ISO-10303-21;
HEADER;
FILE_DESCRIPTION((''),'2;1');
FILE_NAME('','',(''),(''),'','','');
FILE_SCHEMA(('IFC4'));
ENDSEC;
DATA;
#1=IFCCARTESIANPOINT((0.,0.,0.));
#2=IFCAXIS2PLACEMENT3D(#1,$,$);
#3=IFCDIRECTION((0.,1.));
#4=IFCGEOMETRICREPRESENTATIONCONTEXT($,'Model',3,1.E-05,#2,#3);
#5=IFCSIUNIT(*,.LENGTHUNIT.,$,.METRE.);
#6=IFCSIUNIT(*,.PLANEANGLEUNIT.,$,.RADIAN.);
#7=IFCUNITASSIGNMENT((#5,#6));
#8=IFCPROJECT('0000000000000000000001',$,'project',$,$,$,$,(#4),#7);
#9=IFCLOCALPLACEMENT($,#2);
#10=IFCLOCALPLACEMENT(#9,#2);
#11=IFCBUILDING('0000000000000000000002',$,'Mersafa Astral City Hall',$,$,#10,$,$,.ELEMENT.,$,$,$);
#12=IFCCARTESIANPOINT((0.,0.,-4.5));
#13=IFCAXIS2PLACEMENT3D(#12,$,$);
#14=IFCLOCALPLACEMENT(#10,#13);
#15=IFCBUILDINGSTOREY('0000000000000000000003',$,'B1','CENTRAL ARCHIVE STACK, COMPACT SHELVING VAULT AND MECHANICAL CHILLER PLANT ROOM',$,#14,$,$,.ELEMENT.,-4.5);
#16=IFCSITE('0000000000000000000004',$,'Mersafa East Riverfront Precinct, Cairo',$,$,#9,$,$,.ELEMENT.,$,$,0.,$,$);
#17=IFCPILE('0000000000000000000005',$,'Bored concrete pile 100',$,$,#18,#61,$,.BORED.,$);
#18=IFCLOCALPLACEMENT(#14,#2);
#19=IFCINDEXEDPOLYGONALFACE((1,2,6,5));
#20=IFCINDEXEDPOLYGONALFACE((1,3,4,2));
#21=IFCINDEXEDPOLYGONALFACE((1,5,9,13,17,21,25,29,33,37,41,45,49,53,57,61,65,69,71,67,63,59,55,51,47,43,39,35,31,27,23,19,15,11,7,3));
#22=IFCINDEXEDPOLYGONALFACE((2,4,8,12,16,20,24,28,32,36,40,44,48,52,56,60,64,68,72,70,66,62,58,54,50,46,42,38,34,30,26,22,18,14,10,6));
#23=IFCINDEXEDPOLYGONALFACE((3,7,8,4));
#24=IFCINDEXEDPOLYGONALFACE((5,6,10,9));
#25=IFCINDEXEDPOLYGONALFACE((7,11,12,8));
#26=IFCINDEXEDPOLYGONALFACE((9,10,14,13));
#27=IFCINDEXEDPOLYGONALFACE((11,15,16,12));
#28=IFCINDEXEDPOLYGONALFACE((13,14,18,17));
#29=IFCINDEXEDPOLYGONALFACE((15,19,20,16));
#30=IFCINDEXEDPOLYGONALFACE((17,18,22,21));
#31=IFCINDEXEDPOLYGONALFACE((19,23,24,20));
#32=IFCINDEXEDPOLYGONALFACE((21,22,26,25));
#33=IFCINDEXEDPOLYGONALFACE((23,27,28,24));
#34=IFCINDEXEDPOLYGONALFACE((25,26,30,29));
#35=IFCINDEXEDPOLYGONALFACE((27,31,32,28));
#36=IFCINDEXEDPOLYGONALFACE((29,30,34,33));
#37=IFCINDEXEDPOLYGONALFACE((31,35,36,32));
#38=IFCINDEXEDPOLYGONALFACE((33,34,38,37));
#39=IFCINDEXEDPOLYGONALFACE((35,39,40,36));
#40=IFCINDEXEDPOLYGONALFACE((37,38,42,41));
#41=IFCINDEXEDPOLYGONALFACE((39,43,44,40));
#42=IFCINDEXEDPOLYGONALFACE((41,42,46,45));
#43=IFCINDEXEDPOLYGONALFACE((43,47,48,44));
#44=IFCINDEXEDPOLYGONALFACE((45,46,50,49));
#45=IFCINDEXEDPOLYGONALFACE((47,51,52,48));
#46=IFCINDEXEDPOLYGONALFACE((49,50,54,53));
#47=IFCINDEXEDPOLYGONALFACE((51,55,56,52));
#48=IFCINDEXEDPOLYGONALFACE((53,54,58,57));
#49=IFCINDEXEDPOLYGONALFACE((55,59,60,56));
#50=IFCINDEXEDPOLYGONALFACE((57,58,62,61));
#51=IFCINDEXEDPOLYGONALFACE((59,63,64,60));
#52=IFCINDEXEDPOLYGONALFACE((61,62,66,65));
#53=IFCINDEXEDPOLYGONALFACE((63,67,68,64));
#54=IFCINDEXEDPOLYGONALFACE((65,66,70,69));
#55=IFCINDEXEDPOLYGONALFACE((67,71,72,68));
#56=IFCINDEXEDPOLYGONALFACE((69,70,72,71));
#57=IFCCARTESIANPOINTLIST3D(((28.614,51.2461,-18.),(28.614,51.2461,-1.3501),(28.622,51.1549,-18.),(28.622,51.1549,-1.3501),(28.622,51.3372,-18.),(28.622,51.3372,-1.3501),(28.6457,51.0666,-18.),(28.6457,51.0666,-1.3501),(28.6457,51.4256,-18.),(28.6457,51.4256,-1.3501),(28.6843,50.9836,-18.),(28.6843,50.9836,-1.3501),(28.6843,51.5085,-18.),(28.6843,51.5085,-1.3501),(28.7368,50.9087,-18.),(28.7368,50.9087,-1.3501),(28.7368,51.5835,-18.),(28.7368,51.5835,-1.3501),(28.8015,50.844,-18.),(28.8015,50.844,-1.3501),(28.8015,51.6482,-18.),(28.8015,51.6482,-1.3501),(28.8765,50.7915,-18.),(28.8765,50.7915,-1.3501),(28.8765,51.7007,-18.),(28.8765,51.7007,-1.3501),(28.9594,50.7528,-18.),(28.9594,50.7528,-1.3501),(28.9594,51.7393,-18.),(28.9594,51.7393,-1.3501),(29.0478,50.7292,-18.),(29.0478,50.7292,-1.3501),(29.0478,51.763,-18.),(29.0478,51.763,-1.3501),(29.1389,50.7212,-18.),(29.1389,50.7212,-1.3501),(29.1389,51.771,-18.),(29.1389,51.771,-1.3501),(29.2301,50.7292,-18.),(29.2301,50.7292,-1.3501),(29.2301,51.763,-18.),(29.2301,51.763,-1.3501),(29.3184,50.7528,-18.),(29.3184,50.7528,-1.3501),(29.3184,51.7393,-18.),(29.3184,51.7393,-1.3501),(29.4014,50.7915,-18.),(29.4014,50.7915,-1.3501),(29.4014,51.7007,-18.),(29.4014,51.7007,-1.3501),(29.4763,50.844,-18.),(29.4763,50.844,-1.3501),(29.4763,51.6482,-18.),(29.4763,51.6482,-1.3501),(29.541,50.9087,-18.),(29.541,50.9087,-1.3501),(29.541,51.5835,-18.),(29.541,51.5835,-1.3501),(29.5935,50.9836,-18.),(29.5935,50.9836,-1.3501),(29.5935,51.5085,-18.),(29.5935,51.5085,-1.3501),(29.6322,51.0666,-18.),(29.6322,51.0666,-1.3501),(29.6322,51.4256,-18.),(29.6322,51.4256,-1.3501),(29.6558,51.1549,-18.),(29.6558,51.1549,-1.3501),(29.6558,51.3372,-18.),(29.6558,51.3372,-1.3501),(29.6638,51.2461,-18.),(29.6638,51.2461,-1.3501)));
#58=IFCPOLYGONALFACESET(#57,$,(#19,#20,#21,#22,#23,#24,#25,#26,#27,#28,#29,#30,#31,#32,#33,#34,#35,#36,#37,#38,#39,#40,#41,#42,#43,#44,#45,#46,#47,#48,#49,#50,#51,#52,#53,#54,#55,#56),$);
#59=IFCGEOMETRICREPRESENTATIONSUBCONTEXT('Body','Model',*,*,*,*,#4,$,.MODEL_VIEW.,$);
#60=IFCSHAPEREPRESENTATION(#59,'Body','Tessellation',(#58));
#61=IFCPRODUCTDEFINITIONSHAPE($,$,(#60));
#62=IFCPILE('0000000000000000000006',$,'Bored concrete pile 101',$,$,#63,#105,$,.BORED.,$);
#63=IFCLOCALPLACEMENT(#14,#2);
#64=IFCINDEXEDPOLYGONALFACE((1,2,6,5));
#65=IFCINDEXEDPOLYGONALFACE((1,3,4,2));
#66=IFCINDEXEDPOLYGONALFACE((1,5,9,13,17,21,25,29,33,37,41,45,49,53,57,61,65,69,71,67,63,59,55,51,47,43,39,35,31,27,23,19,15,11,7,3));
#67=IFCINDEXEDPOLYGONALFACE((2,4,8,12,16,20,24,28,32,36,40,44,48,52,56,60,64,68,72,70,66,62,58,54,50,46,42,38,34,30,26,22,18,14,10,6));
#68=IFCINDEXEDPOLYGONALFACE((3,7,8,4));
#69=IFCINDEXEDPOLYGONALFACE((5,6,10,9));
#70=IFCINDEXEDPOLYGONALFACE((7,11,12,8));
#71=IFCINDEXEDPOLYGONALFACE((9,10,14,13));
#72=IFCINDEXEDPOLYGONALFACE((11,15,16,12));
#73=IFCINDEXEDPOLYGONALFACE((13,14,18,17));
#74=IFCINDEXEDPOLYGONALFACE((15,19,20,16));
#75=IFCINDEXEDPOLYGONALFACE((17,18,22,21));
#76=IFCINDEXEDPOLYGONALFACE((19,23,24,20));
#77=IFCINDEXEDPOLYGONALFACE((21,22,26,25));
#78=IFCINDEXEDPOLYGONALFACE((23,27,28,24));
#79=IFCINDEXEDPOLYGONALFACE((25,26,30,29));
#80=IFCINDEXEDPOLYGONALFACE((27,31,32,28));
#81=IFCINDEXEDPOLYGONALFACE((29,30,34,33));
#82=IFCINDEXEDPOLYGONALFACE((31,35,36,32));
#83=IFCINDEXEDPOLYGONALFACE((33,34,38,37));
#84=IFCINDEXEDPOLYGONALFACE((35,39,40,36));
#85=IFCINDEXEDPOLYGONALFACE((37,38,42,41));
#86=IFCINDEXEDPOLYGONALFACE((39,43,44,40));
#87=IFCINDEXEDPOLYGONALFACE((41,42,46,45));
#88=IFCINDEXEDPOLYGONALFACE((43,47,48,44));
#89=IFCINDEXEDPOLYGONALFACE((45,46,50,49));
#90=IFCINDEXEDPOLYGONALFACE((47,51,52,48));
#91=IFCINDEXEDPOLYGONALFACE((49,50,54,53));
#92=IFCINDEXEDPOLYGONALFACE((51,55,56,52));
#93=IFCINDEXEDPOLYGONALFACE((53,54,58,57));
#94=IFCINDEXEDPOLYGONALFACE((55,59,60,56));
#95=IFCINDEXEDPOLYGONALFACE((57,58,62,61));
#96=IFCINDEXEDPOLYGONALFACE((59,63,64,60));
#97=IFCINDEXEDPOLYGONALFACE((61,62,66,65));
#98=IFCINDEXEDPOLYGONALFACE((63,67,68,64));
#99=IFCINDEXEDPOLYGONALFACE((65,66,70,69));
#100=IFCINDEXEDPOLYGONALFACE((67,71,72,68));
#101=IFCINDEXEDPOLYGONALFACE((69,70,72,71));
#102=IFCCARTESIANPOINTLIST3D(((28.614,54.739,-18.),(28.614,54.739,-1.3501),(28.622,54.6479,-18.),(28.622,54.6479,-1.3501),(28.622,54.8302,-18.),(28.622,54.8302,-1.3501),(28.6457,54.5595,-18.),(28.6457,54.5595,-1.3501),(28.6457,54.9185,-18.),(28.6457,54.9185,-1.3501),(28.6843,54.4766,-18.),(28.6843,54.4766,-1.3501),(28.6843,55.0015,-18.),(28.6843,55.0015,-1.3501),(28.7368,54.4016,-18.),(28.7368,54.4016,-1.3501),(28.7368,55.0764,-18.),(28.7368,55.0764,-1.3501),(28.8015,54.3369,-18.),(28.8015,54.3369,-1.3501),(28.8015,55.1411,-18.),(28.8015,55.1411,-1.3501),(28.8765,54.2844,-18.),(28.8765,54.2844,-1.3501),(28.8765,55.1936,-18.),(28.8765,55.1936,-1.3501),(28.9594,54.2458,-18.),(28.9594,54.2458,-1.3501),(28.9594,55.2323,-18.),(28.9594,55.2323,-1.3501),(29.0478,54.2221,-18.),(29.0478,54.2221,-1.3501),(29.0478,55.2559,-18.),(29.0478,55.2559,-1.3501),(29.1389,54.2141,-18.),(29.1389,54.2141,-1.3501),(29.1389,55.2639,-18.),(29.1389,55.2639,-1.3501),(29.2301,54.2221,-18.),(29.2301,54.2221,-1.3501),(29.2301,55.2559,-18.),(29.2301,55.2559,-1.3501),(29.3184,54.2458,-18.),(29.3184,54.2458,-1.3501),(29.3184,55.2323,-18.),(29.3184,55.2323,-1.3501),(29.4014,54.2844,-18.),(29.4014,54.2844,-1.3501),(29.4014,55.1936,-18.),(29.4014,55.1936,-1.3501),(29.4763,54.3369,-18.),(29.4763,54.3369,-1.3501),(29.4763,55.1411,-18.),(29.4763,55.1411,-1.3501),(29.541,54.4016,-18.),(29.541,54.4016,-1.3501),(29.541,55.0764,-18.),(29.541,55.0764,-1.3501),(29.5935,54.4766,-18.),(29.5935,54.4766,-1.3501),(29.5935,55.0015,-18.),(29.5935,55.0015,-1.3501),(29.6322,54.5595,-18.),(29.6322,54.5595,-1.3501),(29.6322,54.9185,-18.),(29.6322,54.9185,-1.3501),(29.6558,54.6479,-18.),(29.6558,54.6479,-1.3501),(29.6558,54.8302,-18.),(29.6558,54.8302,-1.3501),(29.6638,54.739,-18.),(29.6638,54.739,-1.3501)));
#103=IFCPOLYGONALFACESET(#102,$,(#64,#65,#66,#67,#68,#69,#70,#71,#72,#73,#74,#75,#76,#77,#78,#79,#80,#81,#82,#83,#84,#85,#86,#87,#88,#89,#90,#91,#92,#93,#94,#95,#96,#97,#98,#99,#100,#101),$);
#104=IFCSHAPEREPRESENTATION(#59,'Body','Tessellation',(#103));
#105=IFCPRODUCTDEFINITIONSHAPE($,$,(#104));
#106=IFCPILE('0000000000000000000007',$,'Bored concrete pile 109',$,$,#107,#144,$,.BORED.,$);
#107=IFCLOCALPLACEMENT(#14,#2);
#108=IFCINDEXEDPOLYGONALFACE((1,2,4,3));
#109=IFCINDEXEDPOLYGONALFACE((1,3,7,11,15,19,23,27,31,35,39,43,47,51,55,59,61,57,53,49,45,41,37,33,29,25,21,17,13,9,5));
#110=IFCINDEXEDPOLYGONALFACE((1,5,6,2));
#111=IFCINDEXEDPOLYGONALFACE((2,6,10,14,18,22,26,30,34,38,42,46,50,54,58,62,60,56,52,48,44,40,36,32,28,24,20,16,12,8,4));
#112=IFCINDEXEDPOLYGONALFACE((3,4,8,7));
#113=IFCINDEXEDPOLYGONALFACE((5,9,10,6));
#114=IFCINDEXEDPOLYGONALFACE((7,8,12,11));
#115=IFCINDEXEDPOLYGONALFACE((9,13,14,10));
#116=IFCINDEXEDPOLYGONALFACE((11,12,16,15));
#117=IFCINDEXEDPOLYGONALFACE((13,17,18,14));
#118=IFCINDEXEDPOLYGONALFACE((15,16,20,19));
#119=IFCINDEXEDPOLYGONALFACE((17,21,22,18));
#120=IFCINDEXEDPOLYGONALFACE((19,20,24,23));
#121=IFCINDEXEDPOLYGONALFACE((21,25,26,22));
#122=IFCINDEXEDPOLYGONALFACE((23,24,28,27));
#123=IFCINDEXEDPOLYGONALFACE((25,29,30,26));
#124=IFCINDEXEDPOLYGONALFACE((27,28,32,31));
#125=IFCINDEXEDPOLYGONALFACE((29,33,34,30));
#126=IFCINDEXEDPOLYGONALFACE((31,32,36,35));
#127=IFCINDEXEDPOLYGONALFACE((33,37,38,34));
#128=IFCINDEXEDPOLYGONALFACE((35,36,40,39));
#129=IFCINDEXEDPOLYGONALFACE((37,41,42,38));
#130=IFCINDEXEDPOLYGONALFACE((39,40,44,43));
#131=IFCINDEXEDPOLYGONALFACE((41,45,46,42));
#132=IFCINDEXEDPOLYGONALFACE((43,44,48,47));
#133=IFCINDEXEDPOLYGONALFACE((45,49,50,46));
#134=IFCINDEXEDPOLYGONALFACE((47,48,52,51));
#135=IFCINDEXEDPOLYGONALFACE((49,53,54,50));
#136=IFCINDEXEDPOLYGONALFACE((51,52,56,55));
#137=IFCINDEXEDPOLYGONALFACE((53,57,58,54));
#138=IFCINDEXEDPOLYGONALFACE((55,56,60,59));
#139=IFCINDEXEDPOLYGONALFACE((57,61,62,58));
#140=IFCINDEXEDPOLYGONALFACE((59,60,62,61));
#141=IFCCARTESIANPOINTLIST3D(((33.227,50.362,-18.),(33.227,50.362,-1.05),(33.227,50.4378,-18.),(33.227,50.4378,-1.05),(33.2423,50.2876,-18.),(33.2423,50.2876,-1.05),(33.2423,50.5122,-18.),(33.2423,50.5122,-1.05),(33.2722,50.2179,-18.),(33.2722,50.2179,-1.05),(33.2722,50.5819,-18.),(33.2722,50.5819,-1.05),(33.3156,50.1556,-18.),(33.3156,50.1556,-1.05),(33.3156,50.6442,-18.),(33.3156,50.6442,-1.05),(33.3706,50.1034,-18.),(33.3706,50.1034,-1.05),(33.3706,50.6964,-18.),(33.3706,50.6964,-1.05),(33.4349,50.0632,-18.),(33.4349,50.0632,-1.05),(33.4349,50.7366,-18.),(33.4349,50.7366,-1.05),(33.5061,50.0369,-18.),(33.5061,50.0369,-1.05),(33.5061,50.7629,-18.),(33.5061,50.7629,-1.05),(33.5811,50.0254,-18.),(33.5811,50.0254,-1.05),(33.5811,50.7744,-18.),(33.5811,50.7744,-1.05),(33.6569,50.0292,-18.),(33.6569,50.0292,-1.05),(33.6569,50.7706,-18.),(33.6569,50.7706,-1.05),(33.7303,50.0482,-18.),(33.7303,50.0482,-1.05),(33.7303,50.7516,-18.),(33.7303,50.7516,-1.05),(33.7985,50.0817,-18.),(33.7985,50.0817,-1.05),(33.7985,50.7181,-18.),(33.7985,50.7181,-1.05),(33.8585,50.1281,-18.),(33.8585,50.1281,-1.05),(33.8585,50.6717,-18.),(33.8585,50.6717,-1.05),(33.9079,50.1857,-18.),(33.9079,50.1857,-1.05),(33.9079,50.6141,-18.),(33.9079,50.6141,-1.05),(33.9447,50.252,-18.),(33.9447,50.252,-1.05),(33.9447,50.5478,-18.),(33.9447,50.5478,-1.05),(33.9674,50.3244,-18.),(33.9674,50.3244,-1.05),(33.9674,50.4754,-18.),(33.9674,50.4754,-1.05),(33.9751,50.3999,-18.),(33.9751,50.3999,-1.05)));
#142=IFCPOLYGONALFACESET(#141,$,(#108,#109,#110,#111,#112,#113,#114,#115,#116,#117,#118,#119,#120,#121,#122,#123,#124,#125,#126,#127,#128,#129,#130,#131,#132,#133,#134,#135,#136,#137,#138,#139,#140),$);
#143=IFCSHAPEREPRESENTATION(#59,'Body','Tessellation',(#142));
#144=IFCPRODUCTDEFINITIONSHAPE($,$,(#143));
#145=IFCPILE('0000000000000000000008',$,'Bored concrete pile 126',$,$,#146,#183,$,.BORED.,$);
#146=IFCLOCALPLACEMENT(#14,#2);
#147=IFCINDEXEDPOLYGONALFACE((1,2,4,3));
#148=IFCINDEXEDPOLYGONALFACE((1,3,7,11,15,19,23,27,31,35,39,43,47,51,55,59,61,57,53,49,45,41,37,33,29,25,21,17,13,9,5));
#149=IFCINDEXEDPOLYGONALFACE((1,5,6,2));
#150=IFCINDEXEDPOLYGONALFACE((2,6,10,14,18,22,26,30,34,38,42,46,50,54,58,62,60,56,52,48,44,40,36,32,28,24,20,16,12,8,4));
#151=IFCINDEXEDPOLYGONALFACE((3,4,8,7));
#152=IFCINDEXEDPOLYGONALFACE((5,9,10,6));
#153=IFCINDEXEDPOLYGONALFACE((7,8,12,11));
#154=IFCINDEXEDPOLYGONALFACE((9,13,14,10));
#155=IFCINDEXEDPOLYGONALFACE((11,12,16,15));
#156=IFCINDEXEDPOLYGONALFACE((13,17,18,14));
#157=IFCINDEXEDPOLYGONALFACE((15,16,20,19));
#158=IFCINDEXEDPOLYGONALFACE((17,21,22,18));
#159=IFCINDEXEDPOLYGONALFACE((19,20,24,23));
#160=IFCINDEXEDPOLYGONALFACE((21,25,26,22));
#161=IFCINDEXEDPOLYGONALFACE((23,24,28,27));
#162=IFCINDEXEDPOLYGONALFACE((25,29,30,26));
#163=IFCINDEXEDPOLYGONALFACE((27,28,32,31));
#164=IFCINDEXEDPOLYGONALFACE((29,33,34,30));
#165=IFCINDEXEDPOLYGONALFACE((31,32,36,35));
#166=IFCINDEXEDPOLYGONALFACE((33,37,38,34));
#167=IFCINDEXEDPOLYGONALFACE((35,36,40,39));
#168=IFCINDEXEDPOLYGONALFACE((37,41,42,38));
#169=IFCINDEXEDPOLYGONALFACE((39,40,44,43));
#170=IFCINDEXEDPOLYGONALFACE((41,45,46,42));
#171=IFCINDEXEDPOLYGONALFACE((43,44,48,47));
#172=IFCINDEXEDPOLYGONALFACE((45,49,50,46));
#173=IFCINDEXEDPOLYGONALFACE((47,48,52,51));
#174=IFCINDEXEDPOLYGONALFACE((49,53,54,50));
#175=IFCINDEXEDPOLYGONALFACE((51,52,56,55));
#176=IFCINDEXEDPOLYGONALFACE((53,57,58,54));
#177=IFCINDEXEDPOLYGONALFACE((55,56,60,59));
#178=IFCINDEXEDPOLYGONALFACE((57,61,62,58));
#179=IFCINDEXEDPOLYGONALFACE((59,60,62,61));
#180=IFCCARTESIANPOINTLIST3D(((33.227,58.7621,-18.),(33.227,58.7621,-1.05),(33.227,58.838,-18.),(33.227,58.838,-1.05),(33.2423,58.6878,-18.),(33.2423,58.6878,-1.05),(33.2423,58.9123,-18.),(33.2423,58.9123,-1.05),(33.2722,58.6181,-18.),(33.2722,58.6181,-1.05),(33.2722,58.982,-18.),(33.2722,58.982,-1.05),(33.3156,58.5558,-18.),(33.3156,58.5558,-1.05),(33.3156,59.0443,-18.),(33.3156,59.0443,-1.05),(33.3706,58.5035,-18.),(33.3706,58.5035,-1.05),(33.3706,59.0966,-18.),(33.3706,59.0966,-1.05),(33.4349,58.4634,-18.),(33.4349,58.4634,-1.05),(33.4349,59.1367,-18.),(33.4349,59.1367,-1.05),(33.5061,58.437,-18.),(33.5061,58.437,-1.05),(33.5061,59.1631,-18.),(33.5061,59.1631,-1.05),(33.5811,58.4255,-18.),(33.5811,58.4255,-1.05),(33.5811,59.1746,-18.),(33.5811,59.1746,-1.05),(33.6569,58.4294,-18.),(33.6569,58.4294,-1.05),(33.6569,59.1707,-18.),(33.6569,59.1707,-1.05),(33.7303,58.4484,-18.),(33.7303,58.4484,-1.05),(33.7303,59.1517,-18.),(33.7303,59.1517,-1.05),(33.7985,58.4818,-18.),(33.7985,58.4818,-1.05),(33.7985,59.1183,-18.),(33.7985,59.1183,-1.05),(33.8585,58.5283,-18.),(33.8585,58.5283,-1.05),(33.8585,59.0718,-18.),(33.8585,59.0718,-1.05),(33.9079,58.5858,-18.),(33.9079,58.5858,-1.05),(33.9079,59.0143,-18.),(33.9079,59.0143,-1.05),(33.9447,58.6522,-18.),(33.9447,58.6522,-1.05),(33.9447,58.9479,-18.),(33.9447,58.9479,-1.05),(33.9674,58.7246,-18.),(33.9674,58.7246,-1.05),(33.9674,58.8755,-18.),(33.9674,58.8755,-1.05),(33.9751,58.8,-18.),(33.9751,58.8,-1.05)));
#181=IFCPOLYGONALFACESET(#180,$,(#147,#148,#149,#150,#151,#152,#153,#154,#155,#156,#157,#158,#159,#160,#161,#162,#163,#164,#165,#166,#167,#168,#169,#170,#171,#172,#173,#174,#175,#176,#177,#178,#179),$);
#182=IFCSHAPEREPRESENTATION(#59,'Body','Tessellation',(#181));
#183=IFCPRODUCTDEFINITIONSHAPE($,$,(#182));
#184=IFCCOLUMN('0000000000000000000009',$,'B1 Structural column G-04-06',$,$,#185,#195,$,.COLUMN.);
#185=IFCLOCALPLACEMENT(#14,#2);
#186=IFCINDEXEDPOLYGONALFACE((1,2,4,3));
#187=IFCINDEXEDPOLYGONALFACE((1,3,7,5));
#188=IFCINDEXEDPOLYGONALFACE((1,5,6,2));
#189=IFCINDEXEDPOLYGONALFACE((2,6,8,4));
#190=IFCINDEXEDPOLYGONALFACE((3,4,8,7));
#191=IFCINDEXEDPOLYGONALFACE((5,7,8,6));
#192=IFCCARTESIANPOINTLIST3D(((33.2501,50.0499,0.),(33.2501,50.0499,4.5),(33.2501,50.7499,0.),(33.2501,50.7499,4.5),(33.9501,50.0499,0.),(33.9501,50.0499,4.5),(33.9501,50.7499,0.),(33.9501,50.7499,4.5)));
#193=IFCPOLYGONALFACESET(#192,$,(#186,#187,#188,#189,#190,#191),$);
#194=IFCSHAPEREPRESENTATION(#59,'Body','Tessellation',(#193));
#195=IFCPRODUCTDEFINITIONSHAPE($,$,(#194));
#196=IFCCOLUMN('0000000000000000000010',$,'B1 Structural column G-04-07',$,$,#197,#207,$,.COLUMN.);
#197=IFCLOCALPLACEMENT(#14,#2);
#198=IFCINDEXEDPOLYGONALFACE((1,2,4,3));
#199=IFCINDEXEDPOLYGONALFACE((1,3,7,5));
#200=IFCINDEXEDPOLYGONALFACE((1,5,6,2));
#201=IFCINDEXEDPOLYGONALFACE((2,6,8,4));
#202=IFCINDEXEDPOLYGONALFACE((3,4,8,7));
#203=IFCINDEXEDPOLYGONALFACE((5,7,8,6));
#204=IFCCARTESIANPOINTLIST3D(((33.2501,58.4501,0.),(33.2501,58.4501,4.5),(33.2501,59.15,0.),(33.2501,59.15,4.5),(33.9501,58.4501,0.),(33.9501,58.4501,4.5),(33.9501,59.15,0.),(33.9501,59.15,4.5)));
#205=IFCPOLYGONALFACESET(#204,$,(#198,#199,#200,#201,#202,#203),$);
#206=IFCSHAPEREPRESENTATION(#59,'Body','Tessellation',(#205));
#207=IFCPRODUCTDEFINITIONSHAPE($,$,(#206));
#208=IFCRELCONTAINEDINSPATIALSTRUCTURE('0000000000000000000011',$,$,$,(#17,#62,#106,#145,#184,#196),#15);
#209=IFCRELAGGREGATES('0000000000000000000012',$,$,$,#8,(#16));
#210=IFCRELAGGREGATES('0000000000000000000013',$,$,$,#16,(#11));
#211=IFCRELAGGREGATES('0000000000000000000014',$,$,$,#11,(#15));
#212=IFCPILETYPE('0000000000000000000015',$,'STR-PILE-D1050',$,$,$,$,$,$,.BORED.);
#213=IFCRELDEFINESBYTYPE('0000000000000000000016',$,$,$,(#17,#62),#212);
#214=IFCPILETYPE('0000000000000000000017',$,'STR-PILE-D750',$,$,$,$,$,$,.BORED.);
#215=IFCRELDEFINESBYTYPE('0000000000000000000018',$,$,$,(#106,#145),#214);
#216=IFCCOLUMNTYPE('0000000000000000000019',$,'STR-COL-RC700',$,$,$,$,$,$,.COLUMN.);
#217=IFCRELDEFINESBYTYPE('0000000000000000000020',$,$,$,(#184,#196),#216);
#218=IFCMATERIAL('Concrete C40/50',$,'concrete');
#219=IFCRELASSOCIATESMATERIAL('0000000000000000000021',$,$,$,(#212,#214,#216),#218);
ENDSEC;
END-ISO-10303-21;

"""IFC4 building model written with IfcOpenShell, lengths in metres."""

from ifc_helpers import new_model, si_unit, direction, frame, origin, origin_2d, place, context, subcontext, project, spatial, rectangle, circle, extrude, material, material_profile, profile_set, type_object, element, save


model = new_model("IFC4")

# Units and contexts
model_context = context("Model", 3, precision=1e-05, world=origin(), true_north=direction((0.0, 1.0)))
body_context = subcontext(model_context, "Body", "Model", "MODEL_VIEW")
ifc_project = project(units=[si_unit("LENGTHUNIT", "METRE"), si_unit("PLANEANGLEUNIT", "RADIAN")], contexts=[model_context])

# Site, building, storey
site_placement = place(None, origin())
site = spatial("IfcSite", under=ifc_project, at=site_placement, Name="Mersafa East Riverfront Precinct, Cairo", CompositionType="ELEMENT", RefElevation=0.0)
building_placement = place(site_placement, origin())
building = spatial("IfcBuilding", under=site, at=building_placement, Name="Mersafa Astral City Hall", CompositionType="ELEMENT")
storey_placement = place(building_placement, frame((0.0, 0.0, -4.5)))
storey = spatial("IfcBuildingStorey", under=building, at=storey_placement, Name="B1", Description="CENTRAL ARCHIVE STACK, COMPACT SHELVING VAULT AND MECHANICAL CHILLER PLANT ROOM", CompositionType="ELEMENT", Elevation=-4.5)

# Shared definitions
ifc_material = material(Name="Concrete C40/50", Category="concrete")

# Piles
ifc_material_profile_1 = material_profile(ifc_material, circle(Radius=0.5249, at=origin_2d()), Name="PILE D1050")
ifc_profile_set_1 = profile_set([ifc_material_profile_1], Name="Concrete C40/50")
pile_type_1 = type_object("IfcPileType", Name="STR-PILE-D1050", PredefinedType="BORED", material=ifc_profile_set_1)
for number, where, z_axis, x_axis, name in (
    (1, (29.1389, 51.2461, -1.3501), (0.0, 0.0, -1.0), (1.0, 0.0, 0.0), "Bored concrete pile 100"),
    (2, (29.1389, 54.739, -1.3501), (0.0, 0.0, -1.0), (1.0, 0.0, 0.0), "Bored concrete pile 101"),
):
    element("IfcPile", number, at=place(storey_placement, frame(where, z_axis=z_axis, x_axis=x_axis)), inside=storey, type_object=pile_type_1, Name=name, PredefinedType="BORED", context=body_context, shape_type="SweptSolid", body=[
        extrude(circle(Radius=0.5249, at=origin_2d()), origin(), (0.0, 0.0, 1.0), 16.6499),
    ])
ifc_material_profile_2 = material_profile(ifc_material, circle(Radius=0.375, at=origin_2d()), Name="PILE D750")
ifc_profile_set_2 = profile_set([ifc_material_profile_2], Name="Concrete C40/50")
pile_type_2 = type_object("IfcPileType", Name="STR-PILE-D750", PredefinedType="BORED", material=ifc_profile_set_2)
for number, where, z_axis, x_axis, name in (
    (3, (33.6001, 50.3999, -1.05), (0.0, 0.0, -1.0), (1.0, 0.0, 0.0), "Bored concrete pile 109"),
    (4, (33.6001, 58.8, -1.05), (0.0, 0.0, -1.0), (1.0, 0.0, 0.0), "Bored concrete pile 126"),
):
    element("IfcPile", number, at=place(storey_placement, frame(where, z_axis=z_axis, x_axis=x_axis)), inside=storey, type_object=pile_type_2, Name=name, PredefinedType="BORED", context=body_context, shape_type="SweptSolid", body=[
        extrude(circle(Radius=0.375, at=origin_2d()), origin(), (0.0, 0.0, 1.0), 16.95),
    ])

# Columns
ifc_material_profile_3 = material_profile(ifc_material, rectangle(XDim=0.7, YDim=0.7, at=origin_2d()), Name="RC 700x700")
ifc_profile_set_3 = profile_set([ifc_material_profile_3], Name="Concrete C40/50")
column_type = type_object("IfcColumnType", Name="STR-COL-RC700", PredefinedType="COLUMN", material=ifc_profile_set_3)
for number, where, z_axis, x_axis, name in (
    (5, (33.6001, 50.3999, 0.0), (0.0, 0.0, 1.0), (1.0, 0.0, 0.0), "B1 Structural column G-04-06"),
    (6, (33.6001, 58.8, 0.0), (0.0, 0.0, 1.0), (1.0, 0.0, 0.0), "B1 Structural column G-04-07"),
):
    element("IfcColumn", number, at=place(storey_placement, frame(where, z_axis=z_axis, x_axis=x_axis)), inside=storey, type_object=column_type, Name=name, PredefinedType="COLUMN", context=body_context, shape_type="SweptSolid", body=[
        extrude(rectangle(XDim=0.7, YDim=0.7, at=origin_2d()), origin(), (0.0, 0.0, 1.0), 4.5),
    ])

save(model, "model.ifc")
